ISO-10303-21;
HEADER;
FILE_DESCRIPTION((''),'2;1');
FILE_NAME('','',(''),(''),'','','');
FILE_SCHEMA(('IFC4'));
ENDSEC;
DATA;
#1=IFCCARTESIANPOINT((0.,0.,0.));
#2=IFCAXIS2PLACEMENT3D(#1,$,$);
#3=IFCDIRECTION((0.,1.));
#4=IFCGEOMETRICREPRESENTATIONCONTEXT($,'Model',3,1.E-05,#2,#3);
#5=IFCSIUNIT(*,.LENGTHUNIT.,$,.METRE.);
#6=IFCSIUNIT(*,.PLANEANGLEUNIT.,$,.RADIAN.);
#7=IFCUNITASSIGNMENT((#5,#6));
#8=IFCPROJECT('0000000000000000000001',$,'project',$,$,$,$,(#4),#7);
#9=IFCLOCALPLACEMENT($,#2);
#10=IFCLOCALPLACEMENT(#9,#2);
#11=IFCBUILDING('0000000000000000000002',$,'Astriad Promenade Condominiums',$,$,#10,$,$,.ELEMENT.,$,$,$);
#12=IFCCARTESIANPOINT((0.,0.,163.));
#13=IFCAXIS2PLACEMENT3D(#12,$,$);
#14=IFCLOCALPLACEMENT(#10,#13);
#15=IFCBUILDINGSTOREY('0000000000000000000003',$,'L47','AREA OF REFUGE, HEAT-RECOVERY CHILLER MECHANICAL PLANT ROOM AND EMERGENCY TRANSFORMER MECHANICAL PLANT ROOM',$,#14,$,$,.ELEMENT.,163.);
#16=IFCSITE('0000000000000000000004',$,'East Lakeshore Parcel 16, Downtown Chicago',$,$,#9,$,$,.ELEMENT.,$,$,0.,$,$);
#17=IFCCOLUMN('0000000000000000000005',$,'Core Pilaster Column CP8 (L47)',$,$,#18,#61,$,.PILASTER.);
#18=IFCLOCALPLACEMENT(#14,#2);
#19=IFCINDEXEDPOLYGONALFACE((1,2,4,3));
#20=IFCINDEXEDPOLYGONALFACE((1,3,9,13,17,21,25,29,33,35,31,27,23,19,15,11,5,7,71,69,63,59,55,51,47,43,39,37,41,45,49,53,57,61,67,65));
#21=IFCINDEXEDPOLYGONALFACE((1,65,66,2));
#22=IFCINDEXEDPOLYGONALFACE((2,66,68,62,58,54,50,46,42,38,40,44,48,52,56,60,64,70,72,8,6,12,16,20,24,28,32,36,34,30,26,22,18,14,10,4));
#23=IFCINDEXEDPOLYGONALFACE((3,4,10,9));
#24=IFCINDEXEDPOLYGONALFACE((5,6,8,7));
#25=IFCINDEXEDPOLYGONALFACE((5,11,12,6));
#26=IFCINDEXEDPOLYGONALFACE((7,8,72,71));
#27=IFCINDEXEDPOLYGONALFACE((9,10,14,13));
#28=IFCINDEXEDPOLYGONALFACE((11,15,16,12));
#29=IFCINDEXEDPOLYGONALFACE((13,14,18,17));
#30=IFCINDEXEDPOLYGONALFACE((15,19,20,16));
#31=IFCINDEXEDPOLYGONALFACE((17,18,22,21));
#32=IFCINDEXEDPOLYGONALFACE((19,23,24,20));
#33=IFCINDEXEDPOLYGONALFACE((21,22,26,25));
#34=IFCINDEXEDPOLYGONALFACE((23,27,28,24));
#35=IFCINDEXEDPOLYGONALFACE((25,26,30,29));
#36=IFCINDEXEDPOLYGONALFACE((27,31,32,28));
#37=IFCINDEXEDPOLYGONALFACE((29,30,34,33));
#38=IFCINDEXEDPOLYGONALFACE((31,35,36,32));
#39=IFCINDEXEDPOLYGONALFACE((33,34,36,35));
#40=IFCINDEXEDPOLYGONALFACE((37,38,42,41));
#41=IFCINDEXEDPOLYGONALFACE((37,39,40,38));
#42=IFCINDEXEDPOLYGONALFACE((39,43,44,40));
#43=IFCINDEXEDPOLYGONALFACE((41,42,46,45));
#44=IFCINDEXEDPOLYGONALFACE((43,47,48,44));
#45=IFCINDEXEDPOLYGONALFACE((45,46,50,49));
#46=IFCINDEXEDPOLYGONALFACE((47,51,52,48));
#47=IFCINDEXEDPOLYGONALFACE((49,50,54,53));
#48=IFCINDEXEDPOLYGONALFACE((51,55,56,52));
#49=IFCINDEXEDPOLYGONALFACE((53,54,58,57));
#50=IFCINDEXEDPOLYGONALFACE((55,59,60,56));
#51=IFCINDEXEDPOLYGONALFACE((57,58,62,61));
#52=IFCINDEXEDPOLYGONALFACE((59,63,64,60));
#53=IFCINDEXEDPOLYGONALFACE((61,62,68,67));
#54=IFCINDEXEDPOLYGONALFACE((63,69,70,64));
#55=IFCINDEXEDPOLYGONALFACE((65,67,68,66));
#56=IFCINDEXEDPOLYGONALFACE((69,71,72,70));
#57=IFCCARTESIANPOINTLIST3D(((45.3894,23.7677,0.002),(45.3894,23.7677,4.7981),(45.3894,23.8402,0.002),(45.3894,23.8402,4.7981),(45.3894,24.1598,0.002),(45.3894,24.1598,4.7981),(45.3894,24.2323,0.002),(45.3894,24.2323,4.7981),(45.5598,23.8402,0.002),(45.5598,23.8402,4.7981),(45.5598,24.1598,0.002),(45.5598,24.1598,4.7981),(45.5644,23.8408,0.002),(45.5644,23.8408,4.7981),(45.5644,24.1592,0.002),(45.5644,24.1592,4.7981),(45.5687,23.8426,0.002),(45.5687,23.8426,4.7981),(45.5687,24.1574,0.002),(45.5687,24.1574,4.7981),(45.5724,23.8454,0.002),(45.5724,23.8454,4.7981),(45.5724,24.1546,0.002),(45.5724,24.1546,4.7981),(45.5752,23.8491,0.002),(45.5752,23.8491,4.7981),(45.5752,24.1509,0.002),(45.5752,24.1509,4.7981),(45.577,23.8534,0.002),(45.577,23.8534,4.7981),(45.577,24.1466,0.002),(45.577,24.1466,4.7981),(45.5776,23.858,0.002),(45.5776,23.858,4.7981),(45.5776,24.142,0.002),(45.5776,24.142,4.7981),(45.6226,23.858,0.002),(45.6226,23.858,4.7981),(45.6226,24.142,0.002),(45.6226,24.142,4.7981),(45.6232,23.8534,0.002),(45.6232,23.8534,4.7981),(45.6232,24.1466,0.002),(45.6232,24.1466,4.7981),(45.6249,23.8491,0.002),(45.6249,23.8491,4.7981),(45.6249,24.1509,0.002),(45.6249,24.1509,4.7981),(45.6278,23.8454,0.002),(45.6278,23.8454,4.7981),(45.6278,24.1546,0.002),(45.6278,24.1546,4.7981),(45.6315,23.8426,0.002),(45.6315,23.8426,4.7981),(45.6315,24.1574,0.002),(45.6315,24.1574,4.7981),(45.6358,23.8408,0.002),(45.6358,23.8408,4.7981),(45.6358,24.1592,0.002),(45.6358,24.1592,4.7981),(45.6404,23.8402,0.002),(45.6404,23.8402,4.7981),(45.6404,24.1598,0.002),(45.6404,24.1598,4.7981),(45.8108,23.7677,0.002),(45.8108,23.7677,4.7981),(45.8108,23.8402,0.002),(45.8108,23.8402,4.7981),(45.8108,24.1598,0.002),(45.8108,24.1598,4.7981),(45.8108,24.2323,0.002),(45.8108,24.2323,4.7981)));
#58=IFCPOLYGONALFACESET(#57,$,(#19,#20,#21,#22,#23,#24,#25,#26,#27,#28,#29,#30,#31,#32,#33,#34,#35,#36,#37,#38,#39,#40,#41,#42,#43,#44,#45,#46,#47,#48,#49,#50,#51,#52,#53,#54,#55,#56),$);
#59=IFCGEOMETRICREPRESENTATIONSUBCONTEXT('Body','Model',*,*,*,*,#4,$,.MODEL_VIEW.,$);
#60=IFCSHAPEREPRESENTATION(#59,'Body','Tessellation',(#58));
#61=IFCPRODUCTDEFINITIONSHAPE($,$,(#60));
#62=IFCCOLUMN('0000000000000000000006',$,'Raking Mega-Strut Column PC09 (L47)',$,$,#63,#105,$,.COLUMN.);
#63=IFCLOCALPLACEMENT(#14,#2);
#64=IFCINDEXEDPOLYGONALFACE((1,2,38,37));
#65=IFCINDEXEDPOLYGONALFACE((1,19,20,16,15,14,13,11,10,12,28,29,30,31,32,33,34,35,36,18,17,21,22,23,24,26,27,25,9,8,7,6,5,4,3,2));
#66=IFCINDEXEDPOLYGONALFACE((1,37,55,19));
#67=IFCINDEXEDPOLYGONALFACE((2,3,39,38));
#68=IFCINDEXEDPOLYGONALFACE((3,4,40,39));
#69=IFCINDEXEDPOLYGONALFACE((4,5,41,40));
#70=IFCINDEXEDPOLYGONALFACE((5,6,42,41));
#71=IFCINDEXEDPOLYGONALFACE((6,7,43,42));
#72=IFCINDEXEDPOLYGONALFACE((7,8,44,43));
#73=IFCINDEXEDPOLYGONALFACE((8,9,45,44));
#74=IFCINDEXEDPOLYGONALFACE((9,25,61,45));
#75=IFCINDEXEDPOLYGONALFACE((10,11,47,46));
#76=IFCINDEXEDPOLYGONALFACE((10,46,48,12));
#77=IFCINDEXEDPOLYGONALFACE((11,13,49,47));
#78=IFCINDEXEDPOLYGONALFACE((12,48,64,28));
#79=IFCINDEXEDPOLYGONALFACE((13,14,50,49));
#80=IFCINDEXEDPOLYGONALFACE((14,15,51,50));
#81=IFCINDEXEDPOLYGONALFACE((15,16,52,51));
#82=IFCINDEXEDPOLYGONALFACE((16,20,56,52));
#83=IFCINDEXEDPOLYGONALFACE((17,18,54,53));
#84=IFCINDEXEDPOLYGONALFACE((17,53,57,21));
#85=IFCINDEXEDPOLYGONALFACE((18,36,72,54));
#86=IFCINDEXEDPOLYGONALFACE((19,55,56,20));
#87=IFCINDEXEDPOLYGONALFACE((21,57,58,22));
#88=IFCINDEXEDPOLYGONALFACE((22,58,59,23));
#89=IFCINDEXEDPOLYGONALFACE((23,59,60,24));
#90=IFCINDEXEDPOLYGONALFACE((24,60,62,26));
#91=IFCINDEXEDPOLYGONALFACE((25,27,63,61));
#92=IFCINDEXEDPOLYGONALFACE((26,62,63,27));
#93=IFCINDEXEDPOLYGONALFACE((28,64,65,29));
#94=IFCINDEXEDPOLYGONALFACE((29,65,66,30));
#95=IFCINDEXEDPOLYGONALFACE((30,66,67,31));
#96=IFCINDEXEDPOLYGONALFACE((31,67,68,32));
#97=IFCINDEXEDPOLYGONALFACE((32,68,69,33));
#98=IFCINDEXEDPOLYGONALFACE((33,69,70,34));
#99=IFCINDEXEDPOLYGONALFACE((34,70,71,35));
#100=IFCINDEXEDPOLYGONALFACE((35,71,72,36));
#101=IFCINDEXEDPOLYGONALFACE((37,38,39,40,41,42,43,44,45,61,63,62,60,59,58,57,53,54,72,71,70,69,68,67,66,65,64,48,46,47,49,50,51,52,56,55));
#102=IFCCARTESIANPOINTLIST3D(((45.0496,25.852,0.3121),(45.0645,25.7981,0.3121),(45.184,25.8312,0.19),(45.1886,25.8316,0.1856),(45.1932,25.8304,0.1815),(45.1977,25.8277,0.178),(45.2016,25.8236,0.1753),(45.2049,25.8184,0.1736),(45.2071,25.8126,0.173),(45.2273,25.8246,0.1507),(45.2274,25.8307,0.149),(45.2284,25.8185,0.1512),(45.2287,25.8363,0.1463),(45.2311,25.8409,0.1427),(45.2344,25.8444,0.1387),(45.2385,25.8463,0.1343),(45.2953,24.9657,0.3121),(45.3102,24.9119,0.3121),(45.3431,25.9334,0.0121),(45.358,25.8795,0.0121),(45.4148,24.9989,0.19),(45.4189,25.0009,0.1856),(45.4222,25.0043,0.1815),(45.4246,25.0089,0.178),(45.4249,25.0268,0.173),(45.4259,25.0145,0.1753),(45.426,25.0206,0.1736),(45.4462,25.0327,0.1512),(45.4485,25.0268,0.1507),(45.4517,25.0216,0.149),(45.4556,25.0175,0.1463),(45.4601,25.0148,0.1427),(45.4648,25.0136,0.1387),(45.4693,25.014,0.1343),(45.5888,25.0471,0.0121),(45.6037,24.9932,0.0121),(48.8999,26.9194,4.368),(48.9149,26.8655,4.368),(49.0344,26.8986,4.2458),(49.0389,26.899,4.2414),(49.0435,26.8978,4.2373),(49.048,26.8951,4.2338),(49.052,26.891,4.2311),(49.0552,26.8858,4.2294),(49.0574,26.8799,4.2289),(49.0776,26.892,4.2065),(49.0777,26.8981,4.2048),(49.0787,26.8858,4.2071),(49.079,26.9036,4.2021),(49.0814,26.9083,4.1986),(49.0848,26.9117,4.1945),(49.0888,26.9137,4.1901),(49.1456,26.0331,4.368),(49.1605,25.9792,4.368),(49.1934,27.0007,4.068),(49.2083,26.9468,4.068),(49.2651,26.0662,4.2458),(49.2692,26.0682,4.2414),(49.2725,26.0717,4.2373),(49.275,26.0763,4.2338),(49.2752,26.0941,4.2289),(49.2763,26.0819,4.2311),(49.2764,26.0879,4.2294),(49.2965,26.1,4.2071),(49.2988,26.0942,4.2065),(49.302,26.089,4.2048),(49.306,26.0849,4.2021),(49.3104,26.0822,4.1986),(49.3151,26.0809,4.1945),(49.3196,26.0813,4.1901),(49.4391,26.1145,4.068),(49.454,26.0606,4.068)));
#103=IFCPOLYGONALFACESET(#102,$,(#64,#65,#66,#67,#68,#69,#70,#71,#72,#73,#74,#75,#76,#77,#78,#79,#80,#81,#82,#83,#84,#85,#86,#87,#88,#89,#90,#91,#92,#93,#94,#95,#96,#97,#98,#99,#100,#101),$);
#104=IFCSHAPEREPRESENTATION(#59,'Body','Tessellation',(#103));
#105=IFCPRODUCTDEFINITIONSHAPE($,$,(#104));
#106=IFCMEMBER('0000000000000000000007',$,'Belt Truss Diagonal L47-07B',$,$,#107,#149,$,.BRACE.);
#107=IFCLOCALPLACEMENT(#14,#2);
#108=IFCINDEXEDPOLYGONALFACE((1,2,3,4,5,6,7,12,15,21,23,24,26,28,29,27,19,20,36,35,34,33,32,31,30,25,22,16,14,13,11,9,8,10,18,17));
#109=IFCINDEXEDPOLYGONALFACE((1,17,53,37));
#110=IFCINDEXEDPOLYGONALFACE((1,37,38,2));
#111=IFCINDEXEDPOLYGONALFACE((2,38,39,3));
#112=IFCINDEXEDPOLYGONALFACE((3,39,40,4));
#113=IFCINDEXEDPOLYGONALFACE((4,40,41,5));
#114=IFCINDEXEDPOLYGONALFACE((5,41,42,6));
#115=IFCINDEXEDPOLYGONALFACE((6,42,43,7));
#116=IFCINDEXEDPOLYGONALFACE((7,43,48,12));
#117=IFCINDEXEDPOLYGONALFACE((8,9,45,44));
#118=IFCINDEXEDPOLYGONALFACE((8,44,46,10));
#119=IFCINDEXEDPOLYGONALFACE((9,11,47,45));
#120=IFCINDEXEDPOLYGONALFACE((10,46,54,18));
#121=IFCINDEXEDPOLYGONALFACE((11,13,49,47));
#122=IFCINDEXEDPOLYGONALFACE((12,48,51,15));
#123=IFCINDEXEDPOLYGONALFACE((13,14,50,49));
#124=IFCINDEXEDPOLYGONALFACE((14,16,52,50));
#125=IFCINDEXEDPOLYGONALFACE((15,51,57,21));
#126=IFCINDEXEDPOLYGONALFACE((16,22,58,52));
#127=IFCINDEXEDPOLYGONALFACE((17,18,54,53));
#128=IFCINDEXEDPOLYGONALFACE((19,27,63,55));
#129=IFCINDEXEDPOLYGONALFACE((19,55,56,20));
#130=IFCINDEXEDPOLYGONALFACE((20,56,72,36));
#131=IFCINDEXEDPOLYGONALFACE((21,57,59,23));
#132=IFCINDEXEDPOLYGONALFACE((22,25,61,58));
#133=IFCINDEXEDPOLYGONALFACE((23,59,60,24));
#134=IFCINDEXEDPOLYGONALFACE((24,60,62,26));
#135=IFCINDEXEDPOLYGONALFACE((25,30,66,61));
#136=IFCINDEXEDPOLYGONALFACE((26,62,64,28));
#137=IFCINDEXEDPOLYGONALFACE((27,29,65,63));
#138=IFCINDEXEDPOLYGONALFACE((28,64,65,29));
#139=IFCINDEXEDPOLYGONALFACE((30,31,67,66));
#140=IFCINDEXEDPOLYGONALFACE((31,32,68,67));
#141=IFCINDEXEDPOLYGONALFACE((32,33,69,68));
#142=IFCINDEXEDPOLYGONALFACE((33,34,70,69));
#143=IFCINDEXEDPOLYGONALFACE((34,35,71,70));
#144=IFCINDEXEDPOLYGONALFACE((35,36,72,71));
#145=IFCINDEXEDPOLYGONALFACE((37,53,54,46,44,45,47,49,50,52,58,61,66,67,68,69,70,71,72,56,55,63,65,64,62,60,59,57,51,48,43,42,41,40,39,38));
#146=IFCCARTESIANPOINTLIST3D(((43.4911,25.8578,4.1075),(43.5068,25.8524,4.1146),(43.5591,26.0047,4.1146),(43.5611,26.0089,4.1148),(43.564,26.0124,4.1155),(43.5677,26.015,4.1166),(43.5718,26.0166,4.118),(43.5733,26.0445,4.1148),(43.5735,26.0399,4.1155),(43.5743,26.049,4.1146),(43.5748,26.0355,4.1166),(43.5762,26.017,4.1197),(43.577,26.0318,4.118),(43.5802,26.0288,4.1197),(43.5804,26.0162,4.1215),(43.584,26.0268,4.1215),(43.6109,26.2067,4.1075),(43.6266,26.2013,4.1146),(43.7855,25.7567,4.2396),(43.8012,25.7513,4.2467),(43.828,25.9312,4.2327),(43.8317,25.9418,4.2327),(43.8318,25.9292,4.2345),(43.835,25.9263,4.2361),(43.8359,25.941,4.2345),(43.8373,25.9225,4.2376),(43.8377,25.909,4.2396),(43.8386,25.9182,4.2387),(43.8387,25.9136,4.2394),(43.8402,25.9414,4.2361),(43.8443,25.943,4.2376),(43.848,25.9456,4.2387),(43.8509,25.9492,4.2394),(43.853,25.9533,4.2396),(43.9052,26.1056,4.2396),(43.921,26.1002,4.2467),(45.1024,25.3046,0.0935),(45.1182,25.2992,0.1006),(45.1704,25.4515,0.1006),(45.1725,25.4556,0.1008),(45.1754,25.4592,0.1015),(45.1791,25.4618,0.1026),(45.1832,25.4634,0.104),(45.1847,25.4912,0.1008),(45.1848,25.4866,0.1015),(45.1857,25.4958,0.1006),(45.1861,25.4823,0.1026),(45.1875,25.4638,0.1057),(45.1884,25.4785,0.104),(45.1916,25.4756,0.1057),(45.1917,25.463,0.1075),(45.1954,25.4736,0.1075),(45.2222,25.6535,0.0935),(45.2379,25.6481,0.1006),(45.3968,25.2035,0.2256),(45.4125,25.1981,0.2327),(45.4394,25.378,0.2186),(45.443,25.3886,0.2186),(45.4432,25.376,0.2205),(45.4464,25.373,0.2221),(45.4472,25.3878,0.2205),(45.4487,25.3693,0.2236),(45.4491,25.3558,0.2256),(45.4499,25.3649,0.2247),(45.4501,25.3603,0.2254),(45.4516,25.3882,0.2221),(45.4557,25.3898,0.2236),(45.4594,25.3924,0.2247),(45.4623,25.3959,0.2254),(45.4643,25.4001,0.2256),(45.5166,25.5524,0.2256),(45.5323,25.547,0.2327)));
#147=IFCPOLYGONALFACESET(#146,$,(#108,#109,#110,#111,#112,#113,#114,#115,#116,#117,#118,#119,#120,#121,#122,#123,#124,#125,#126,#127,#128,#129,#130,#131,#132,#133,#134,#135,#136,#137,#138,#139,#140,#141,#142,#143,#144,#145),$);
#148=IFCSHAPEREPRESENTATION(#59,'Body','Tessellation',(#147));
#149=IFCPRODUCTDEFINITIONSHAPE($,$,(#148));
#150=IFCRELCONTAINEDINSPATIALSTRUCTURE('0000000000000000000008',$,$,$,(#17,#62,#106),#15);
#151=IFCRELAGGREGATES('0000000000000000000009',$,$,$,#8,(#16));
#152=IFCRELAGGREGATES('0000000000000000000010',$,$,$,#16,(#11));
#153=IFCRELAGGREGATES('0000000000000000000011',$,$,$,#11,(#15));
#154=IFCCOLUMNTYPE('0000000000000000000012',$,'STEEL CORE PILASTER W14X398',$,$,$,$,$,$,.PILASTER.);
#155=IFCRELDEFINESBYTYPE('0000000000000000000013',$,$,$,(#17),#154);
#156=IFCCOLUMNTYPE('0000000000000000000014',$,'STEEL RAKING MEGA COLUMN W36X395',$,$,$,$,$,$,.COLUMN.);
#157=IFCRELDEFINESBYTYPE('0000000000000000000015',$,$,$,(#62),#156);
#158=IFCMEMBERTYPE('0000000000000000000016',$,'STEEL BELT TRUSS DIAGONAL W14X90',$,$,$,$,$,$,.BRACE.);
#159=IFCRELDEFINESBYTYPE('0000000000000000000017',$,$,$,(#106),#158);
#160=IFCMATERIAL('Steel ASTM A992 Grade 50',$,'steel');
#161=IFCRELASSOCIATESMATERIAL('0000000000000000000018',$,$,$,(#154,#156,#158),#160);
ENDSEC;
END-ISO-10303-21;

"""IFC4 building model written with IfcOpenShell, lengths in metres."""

from ifc_helpers import new_model, si_unit, direction, frame, origin, origin_2d, place, context, subcontext, project, spatial, i_section, extrude, source, transform, mapped, material, material_profile, profile_set, type_object, type_shapes, element, save


model = new_model("IFC4")

# Units and contexts
model_context = context("Model", 3, precision=1e-05, world=origin(), true_north=direction((0.0, 1.0)))
body_context = subcontext(model_context, "Body", "Model", "MODEL_VIEW")
ifc_project = project(units=[si_unit("LENGTHUNIT", "METRE"), si_unit("PLANEANGLEUNIT", "RADIAN")], contexts=[model_context])

# Site, building, storey
site_placement = place(None, origin())
site = spatial("IfcSite", under=ifc_project, at=site_placement, Name="East Lakeshore Parcel 16, Downtown Chicago", CompositionType="ELEMENT", RefElevation=0.0)
building_placement = place(site_placement, origin())
building = spatial("IfcBuilding", under=site, at=building_placement, Name="Astriad Promenade Condominiums", CompositionType="ELEMENT")
storey_placement = place(building_placement, frame((0.0, 0.0, 163.0)))
storey = spatial("IfcBuildingStorey", under=building, at=storey_placement, Name="L47", Description="AREA OF REFUGE, HEAT-RECOVERY CHILLER MECHANICAL PLANT ROOM AND EMERGENCY TRANSFORMER MECHANICAL PLANT ROOM", CompositionType="ELEMENT", Elevation=163.0)

# Columns
ifc_material_1 = material(Name="Steel ASTM A992 Grade 50", Category="steel")
ifc_material_profile_1 = material_profile(ifc_material_1, i_section(OverallWidth=0.4214, OverallDepth=0.4646, WebThickness=0.0449, FlangeThickness=0.0725, FilletRadius=0.0178, at=origin_2d()), Name="W14X398")
ifc_profile_set_1 = profile_set([ifc_material_profile_1], Name="Steel ASTM A992 Grade 50")
column_type_1 = type_object("IfcColumnType", Name="STEEL CORE PILASTER W14X398", PredefinedType="PILASTER", material=ifc_profile_set_1)
shared_shape_1 = source(origin(), body_context, "Body", "SweptSolid", [
    extrude(i_section(OverallWidth=0.4214, OverallDepth=0.4646, WebThickness=0.0449, FlangeThickness=0.0725, FilletRadius=0.0178, at=origin_2d()), origin(), (0.0, 0.0, 1.0), 4.7961),
])
type_shapes(column_type_1, [shared_shape_1])
column_1_placement = place(storey_placement, frame((45.6001, 24.0, 0.002), z_axis=(0.0, 0.0, 1.0), x_axis=(1.0, 0.0, 0.0)))
element("IfcColumn", 1, at=column_1_placement, inside=storey, type_object=column_type_1, Name="Core Pilaster Column CP8 (L47)", PredefinedType="PILASTER", context=body_context, shape_type="MappedRepresentation", body=[
    mapped(shared_shape_1, transform((0.0, 0.0, 0.0), scale=1.0)),
])
ifc_material_profile_2 = material_profile(ifc_material_1, i_section(OverallWidth=0.4275, OverallDepth=0.9756, WebThickness=0.031, FlangeThickness=0.0559, FilletRadius=0.0242, at=origin_2d()), Name="W36X395")
ifc_profile_set_2 = profile_set([ifc_material_profile_2], Name="Steel ASTM A992 Grade 50")
column_type_2 = type_object("IfcColumnType", Name="STEEL RAKING MEGA COLUMN W36X395", PredefinedType="COLUMN", material=ifc_profile_set_2)
shared_shape_2 = source(origin(), body_context, "Body", "SweptSolid", [
    extrude(i_section(OverallWidth=0.4275, OverallDepth=0.9756, WebThickness=0.031, FlangeThickness=0.0559, FilletRadius=0.0242, at=origin_2d()), origin(), (0.0, 0.0, 1.0), 5.6934),
])
type_shapes(column_type_2, [shared_shape_2])
column_2_placement = place(storey_placement, frame((45.3267, 25.4226, 0.1621), z_axis=(0.676281, 0.187477, 0.712387), x_axis=(-0.686497, -0.190309, 0.701786)))
element("IfcColumn", 2, at=column_2_placement, inside=storey, type_object=column_type_2, Name="Raking Mega-Strut Column PC09 (L47)", PredefinedType="COLUMN", context=body_context, shape_type="MappedRepresentation", body=[
    mapped(shared_shape_2, transform((0.0, 0.0, 0.0), scale=1.0)),
])

# Member
ifc_material_profile_3 = material_profile(ifc_material_1, i_section(OverallWidth=0.3689, OverallDepth=0.3562, WebThickness=0.0112, FlangeThickness=0.0181, FilletRadius=0.0178, at=origin_2d()), Name="W14X90")
ifc_profile_set_3 = profile_set([ifc_material_profile_3], Name="Steel ASTM A992 Grade 50")
member_type_1 = type_object("IfcMemberType", Name="STEEL BELT TRUSS DIAGONAL W14X90", PredefinedType="BRACE", material=ifc_profile_set_3)
shared_shape_3 = source(origin(), body_context, "Body", "SweptSolid", [
    extrude(i_section(OverallWidth=0.3689, OverallDepth=0.3562, WebThickness=0.0112, FlangeThickness=0.0181, FilletRadius=0.0178, at=origin_2d()), origin(), (0.0, 0.0, 1.0), 4.3606),
])
member_1_placement = place(storey_placement, frame((45.3174, 25.4258, 0.1631), z_axis=(-0.369528, 0.126871, 0.920517), x_axis=(-0.324727, -0.945808, 0.0)))
element("IfcMember", 3, at=member_1_placement, inside=storey, type_object=member_type_1, Name="Belt Truss Diagonal L47-07B", PredefinedType="BRACE", context=body_context, shape_type="MappedRepresentation", body=[
    mapped(shared_shape_3, transform((0.0, 0.0, 0.0), scale=1.0)),
])

save(model, "model.ifc")
